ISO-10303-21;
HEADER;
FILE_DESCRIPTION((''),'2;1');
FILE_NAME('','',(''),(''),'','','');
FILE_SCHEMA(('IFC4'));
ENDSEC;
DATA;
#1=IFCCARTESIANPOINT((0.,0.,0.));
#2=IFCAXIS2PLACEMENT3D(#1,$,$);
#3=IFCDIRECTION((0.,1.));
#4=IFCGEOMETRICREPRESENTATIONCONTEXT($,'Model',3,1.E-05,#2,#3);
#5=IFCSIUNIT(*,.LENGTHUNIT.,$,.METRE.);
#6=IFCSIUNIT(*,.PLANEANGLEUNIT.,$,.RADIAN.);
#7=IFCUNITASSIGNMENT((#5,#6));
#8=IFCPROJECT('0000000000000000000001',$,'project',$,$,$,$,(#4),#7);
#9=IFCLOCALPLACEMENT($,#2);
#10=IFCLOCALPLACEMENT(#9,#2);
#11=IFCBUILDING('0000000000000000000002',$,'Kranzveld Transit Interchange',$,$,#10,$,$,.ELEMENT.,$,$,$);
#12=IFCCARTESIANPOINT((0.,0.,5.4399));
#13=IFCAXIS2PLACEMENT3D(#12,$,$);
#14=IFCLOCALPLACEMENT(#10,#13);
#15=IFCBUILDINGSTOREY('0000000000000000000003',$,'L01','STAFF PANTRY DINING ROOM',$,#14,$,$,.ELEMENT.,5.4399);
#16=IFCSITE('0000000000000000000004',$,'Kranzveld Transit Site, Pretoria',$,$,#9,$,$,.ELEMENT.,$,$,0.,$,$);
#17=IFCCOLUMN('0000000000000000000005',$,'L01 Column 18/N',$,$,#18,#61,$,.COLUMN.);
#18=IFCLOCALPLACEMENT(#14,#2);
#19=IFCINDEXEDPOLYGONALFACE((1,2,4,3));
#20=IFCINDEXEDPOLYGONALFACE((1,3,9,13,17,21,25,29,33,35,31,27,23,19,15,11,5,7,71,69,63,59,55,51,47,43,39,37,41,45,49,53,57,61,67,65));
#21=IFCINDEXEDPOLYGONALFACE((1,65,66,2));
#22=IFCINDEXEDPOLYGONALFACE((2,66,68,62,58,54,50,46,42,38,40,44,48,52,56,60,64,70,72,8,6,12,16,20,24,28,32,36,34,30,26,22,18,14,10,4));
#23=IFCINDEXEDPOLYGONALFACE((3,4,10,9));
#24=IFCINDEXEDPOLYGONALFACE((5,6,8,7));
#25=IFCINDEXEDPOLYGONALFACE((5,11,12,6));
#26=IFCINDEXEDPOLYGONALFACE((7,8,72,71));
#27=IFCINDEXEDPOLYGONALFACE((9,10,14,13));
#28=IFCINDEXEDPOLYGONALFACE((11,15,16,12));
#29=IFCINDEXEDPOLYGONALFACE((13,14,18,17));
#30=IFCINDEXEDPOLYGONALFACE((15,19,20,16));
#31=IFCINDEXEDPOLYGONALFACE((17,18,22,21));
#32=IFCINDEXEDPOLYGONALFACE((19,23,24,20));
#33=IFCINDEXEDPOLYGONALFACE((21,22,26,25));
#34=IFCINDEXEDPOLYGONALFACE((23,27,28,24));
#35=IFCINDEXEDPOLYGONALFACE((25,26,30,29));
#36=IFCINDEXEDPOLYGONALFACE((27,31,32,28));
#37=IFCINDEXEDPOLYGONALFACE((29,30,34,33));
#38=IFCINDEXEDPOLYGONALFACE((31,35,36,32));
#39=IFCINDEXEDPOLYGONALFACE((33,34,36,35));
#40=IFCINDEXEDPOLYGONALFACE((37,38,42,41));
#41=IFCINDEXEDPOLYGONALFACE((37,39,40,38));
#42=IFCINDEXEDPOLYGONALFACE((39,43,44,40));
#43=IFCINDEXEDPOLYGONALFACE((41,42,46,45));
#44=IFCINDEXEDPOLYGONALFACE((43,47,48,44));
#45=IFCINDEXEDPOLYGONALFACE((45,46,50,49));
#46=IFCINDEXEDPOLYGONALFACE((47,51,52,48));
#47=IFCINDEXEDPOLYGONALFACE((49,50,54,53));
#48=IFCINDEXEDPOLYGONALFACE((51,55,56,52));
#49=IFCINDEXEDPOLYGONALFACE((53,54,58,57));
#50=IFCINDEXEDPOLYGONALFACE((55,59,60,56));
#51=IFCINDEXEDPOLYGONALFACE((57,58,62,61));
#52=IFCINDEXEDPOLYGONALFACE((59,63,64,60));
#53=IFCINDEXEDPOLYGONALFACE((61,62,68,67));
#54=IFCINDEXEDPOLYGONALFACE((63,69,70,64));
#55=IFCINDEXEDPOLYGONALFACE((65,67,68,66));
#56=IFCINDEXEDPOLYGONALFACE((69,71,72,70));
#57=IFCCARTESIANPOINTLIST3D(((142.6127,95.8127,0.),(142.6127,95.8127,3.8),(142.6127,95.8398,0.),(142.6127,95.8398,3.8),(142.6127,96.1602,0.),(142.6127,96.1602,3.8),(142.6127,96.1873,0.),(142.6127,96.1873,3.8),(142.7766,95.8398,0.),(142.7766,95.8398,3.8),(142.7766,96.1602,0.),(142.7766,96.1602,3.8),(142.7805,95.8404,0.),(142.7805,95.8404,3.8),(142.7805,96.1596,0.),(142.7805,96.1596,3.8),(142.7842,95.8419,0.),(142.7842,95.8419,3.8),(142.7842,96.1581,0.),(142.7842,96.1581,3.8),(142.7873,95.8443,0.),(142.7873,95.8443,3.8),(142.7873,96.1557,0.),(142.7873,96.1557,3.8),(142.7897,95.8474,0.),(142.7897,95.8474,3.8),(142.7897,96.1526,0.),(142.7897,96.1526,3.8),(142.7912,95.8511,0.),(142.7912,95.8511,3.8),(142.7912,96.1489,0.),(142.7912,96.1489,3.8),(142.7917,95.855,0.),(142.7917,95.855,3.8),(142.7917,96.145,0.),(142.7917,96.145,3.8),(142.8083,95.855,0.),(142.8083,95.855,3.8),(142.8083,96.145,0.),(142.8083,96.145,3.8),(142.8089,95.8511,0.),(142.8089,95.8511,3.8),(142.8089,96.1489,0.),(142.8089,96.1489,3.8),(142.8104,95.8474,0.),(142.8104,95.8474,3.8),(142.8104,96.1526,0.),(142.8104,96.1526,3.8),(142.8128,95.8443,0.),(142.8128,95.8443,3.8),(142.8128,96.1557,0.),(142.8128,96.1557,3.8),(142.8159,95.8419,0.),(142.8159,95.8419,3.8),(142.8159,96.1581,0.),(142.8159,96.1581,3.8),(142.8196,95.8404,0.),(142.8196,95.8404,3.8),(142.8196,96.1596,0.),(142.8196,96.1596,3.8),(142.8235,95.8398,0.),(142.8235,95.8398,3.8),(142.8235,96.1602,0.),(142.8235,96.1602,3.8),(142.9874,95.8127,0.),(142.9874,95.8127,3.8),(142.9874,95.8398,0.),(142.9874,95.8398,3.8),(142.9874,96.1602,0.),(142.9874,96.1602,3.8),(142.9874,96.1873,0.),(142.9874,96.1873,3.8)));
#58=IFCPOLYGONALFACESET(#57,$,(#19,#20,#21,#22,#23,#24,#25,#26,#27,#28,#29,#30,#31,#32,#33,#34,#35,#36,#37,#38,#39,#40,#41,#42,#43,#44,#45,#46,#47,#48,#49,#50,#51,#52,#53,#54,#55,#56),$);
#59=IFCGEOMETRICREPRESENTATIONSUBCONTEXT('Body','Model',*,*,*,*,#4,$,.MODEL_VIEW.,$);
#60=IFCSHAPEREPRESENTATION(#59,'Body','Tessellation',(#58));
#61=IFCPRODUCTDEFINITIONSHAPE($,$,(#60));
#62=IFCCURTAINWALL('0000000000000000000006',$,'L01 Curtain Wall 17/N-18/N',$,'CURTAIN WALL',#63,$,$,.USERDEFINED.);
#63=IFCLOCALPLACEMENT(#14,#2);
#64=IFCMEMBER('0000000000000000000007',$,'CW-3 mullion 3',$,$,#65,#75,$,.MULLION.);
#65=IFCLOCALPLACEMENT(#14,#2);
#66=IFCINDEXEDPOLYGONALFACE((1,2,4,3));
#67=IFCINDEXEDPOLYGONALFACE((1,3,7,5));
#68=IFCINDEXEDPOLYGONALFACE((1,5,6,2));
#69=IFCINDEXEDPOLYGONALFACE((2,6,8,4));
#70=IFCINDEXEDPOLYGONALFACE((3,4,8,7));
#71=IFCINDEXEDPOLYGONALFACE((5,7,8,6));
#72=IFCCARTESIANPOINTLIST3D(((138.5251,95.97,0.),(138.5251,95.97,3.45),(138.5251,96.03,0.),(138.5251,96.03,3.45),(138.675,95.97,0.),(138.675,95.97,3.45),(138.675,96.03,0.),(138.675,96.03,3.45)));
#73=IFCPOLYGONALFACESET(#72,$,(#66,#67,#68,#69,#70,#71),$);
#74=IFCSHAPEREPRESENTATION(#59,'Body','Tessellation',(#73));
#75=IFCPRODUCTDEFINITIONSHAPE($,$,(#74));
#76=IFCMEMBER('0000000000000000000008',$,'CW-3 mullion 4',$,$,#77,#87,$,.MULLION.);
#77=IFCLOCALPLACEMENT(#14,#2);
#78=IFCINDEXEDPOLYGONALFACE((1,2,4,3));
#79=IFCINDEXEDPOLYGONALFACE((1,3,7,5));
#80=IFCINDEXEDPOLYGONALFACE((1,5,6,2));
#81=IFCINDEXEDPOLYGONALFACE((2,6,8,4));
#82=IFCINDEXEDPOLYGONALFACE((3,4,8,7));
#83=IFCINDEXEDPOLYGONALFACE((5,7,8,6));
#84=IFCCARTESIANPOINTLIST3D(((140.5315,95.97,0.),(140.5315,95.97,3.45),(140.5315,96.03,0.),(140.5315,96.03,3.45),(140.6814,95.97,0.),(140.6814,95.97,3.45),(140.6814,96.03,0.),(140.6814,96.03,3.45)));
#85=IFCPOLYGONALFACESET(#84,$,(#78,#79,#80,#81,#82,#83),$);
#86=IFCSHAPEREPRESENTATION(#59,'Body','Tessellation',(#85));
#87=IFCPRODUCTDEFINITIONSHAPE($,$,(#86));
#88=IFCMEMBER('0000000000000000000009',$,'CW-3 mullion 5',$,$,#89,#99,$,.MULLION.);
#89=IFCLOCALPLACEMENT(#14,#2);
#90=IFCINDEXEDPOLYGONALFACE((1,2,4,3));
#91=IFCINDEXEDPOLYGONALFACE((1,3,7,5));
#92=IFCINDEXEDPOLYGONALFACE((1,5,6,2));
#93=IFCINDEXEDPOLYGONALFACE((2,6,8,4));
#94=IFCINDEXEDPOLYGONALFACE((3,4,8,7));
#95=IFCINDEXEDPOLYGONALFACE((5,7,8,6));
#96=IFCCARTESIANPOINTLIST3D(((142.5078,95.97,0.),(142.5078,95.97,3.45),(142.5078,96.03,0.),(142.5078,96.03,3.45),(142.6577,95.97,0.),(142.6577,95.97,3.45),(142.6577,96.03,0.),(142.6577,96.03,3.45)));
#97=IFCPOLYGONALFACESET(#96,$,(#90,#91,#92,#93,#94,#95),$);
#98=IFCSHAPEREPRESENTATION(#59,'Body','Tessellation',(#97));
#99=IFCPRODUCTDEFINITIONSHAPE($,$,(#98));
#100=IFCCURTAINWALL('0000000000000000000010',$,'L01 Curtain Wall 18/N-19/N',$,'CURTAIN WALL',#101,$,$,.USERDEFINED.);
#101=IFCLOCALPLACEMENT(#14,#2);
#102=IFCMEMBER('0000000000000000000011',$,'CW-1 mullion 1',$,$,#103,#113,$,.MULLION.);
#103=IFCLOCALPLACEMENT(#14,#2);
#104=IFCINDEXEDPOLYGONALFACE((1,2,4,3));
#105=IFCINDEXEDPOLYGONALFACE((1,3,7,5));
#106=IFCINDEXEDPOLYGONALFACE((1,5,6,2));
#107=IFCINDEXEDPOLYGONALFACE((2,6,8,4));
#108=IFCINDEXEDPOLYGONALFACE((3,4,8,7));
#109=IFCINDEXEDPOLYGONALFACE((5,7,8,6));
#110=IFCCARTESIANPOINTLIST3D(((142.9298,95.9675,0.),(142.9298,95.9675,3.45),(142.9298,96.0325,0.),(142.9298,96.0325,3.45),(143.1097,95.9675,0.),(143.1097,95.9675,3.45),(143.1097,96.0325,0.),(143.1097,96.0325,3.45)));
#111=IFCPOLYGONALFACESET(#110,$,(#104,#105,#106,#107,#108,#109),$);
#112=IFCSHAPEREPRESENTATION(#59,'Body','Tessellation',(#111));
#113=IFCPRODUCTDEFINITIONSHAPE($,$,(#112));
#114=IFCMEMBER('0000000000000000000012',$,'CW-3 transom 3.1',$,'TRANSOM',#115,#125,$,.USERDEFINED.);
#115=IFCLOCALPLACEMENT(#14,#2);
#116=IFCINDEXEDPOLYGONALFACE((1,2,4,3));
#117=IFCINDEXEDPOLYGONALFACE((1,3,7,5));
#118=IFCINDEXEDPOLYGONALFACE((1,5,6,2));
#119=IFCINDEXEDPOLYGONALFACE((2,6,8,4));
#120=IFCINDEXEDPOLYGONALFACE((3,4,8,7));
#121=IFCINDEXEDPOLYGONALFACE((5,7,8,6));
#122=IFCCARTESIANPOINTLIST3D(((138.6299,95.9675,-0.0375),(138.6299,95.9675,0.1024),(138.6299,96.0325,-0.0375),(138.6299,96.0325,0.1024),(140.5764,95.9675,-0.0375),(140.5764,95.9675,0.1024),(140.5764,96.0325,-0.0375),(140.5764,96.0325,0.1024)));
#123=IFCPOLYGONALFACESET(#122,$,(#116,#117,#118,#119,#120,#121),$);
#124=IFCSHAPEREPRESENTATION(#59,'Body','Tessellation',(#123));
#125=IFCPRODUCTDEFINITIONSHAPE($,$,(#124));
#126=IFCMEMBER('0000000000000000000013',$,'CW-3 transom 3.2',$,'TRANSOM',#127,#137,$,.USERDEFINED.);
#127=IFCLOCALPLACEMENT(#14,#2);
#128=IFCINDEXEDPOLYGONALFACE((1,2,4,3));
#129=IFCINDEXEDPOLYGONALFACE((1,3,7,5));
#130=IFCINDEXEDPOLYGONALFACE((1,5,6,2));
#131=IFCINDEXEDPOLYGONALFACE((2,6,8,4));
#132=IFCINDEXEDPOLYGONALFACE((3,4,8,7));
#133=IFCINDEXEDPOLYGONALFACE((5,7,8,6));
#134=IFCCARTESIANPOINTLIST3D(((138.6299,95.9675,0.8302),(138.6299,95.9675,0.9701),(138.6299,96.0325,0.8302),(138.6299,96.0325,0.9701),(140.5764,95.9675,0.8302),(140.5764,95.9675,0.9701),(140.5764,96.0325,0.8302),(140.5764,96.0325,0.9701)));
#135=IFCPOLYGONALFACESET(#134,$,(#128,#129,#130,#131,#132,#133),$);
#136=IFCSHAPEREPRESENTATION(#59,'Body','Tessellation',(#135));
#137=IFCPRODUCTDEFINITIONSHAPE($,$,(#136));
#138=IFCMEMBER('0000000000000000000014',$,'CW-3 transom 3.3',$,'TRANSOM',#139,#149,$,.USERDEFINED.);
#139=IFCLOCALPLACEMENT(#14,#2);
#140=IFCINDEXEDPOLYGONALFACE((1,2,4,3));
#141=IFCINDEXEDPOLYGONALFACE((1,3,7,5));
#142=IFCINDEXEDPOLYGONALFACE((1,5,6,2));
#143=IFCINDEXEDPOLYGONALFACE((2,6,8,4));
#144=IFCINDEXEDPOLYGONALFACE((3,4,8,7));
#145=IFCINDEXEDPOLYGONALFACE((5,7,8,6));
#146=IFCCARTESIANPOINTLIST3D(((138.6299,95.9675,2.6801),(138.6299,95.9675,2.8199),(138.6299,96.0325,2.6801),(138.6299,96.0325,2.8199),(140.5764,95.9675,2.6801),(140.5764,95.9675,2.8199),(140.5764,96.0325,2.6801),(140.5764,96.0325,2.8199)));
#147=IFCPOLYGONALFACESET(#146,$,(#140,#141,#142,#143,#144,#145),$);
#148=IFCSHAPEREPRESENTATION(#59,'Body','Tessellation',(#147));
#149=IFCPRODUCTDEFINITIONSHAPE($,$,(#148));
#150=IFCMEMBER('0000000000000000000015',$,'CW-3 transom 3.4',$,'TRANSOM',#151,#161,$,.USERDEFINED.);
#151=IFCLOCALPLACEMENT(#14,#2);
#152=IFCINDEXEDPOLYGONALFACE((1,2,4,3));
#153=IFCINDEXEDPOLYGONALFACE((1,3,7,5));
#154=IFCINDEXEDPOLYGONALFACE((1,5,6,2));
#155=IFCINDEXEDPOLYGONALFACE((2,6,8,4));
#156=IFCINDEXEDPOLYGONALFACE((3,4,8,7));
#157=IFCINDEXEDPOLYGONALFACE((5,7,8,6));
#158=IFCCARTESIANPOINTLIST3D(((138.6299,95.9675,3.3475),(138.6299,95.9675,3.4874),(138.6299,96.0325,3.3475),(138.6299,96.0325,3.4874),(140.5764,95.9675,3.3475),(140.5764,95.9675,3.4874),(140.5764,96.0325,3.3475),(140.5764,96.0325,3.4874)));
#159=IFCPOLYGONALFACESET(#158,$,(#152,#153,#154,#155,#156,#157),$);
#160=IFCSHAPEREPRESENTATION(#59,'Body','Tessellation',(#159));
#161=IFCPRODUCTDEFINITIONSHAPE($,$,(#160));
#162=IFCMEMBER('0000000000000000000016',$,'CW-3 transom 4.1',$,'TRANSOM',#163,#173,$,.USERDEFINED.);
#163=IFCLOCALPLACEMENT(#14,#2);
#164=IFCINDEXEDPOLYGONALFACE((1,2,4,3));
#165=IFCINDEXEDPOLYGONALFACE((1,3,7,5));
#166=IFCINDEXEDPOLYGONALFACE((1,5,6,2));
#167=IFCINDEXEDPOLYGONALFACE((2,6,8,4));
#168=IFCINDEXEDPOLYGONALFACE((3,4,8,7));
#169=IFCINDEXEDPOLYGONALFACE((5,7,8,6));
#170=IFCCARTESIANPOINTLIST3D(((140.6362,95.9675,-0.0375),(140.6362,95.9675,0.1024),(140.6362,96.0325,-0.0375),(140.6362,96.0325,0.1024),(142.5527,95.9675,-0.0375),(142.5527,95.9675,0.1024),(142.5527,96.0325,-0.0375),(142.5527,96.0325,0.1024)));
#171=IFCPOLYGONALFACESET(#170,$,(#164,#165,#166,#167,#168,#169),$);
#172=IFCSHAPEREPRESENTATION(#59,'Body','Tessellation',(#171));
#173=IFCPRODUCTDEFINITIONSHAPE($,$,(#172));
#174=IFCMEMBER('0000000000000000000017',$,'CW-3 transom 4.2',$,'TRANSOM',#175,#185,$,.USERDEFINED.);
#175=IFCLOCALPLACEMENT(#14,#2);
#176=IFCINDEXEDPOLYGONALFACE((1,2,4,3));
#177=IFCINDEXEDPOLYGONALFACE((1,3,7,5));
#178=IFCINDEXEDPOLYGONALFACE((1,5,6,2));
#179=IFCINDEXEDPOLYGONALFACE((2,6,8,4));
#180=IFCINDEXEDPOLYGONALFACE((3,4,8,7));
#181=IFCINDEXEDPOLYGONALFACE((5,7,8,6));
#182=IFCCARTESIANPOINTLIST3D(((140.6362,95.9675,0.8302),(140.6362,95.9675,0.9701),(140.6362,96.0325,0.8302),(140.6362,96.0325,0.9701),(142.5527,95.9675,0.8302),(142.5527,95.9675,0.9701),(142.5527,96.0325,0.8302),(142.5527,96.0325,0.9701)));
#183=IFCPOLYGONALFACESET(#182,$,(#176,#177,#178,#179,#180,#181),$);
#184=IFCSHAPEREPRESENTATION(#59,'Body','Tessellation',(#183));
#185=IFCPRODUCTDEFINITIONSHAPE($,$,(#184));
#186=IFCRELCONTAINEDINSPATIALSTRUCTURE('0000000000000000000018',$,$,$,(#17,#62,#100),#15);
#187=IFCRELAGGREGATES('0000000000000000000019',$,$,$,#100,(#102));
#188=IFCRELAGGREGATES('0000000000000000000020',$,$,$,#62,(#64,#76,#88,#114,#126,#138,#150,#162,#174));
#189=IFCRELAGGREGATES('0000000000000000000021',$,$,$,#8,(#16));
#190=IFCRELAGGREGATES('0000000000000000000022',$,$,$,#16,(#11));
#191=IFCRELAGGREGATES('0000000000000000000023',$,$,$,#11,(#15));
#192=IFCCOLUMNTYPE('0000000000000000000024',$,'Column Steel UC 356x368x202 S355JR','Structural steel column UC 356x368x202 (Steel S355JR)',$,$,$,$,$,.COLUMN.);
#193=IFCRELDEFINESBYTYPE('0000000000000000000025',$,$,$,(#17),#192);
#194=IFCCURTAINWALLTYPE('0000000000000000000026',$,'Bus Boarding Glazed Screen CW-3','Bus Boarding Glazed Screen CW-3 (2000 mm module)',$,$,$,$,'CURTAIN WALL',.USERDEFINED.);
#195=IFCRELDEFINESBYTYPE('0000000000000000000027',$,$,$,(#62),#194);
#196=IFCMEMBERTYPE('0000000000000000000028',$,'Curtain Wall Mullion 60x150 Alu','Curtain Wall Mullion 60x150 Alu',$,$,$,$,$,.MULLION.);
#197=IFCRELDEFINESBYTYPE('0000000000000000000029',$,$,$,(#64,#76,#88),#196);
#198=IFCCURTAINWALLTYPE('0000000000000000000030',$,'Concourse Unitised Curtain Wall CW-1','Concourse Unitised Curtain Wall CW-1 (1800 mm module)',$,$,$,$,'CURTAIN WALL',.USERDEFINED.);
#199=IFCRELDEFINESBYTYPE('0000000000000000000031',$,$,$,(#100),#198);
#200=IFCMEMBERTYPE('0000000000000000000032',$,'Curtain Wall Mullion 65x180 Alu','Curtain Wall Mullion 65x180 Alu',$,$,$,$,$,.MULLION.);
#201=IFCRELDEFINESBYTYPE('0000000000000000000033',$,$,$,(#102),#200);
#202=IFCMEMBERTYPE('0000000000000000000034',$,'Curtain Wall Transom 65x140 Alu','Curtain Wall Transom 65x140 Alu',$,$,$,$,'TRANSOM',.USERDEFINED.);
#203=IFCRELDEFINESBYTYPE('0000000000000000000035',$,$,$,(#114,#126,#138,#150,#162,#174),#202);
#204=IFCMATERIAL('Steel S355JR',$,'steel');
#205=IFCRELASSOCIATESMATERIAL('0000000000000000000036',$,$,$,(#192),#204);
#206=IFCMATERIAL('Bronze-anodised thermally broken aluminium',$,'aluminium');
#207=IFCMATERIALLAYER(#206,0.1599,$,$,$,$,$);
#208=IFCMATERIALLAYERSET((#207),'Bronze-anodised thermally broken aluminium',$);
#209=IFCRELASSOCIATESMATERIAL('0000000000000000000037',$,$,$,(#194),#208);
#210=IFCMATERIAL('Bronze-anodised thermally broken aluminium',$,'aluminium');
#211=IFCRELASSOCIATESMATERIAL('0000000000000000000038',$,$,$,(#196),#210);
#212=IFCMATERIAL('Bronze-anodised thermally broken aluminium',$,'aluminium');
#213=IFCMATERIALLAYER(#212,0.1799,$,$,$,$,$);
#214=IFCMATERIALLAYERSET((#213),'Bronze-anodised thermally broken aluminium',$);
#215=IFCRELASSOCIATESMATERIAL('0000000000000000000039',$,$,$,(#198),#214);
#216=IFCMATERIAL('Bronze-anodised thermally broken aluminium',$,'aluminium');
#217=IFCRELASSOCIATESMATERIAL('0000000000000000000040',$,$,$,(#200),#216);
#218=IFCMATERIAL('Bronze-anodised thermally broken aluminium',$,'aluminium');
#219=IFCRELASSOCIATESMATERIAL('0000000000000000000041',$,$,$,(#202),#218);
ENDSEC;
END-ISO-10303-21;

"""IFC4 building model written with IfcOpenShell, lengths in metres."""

from ifc_helpers import new_model, si_unit, direction, frame, origin, origin_2d, place, context, subcontext, project, spatial, rectangle, i_section, extrude, material, layer, layer_set, material_profile, profile_set, type_object, element, aggregate, save


model = new_model("IFC4")

# Units and contexts
model_context = context("Model", 3, precision=1e-05, world=origin(), true_north=direction((0.0, 1.0)))
body_context = subcontext(model_context, "Body", "Model", "MODEL_VIEW")
ifc_project = project(units=[si_unit("LENGTHUNIT", "METRE"), si_unit("PLANEANGLEUNIT", "RADIAN")], contexts=[model_context])

# Site, building, storey
site_placement = place(None, origin())
site = spatial("IfcSite", under=ifc_project, at=site_placement, Name="Kranzveld Transit Site, Pretoria", CompositionType="ELEMENT", RefElevation=0.0)
building_placement = place(site_placement, origin())
building = spatial("IfcBuilding", under=site, at=building_placement, Name="Kranzveld Transit Interchange", CompositionType="ELEMENT")
storey_placement = place(building_placement, frame((0.0, 0.0, 5.4399)))
storey = spatial("IfcBuildingStorey", under=building, at=storey_placement, Name="L01", Description="STAFF PANTRY DINING ROOM", CompositionType="ELEMENT", Elevation=5.4399)

# Column
ifc_material_1 = material(Name="Steel S355JR", Category="steel")
ifc_material_profile_1 = material_profile(ifc_material_1, i_section(OverallWidth=0.3748, OverallDepth=0.3745, WebThickness=0.0166, FlangeThickness=0.0271, FilletRadius=0.0151, at=origin_2d()), Name="UC 356x368x202")
ifc_profile_set_1 = profile_set([ifc_material_profile_1], Name="Steel S355JR")
column_type = type_object("IfcColumnType", Name="Column Steel UC 356x368x202 S355JR", Description="Structural steel column UC 356x368x202 (Steel S355JR)", PredefinedType="COLUMN", material=ifc_profile_set_1)
column_placement = place(storey_placement, frame((142.8, 96.0, 0.0), z_axis=(0.0, 0.0, 1.0), x_axis=(1.0, 0.0, 0.0)))
element("IfcColumn", 1, at=column_placement, inside=storey, type_object=column_type, Name="L01 Column 18/N", PredefinedType="COLUMN", context=body_context, shape_type="SweptSolid", body=[
    extrude(i_section(OverallWidth=0.3748, OverallDepth=0.3745, WebThickness=0.0166, FlangeThickness=0.0271, FilletRadius=0.0151, at=origin_2d()), origin(), (0.0, 0.0, 1.0), 3.8),
])

# Curtain wall, members
ifc_material_2 = material(Name="Bronze-anodised thermally broken aluminium", Category="aluminium")
ifc_layer_1 = layer(ifc_material_2, 0.1599)
ifc_layer_set_1 = layer_set([ifc_layer_1], Name="Bronze-anodised thermally broken aluminium")
curtain_wall_type_1 = type_object("IfcCurtainWallType", Name="Bus Boarding Glazed Screen CW-3", Description="Bus Boarding Glazed Screen CW-3 (2000 mm module)", ElementType="CURTAIN WALL", PredefinedType="USERDEFINED", material=ifc_layer_set_1)
curtain_wall_1_placement = place(storey_placement, origin())
curtain_wall_1 = element("IfcCurtainWall", 2, at=curtain_wall_1_placement, inside=storey, type_object=curtain_wall_type_1, Name="L01 Curtain Wall 17/N-18/N", ObjectType="CURTAIN WALL", PredefinedType="USERDEFINED")
ifc_material_3 = material(Name="Bronze-anodised thermally broken aluminium", Category="aluminium")
ifc_material_profile_2 = material_profile(ifc_material_3, rectangle(XDim=0.0601, YDim=0.1499, at=origin_2d()), Name="ALU MULLION 60x150")
ifc_profile_set_2 = profile_set([ifc_material_profile_2], Name="Bronze-anodised thermally broken aluminium")
member_type_1 = type_object("IfcMemberType", Name="Curtain Wall Mullion 60x150 Alu", Description="Curtain Wall Mullion 60x150 Alu", PredefinedType="MULLION", material=ifc_profile_set_2)
member_1_placement = place(storey_placement, frame((138.6001, 96.0, 0.0), z_axis=(0.0, 0.0, 1.0), x_axis=(0.0, 1.0, 0.0)))
member_1 = element("IfcMember", 3, at=member_1_placement, type_object=member_type_1, Name="CW-3 mullion 3", PredefinedType="MULLION", context=body_context, shape_type="SweptSolid", body=[
    extrude(rectangle(XDim=0.0601, YDim=0.1499, at=origin_2d()), origin(), (0.0, 0.0, 1.0), 3.45),
])
member_2_placement = place(storey_placement, frame((140.6064, 96.0, 0.0), z_axis=(0.0, 0.0, 1.0), x_axis=(0.0, 1.0, 0.0)))
member_2 = element("IfcMember", 4, at=member_2_placement, type_object=member_type_1, Name="CW-3 mullion 4", PredefinedType="MULLION", context=body_context, shape_type="SweptSolid", body=[
    extrude(rectangle(XDim=0.0601, YDim=0.1499, at=origin_2d()), origin(), (0.0, 0.0, 1.0), 3.45),
])
member_3_placement = place(storey_placement, frame((142.5828, 96.0, 0.0), z_axis=(0.0, 0.0, 1.0), x_axis=(0.0, 1.0, 0.0)))
member_3 = element("IfcMember", 5, at=member_3_placement, type_object=member_type_1, Name="CW-3 mullion 5", PredefinedType="MULLION", context=body_context, shape_type="SweptSolid", body=[
    extrude(rectangle(XDim=0.0601, YDim=0.1499, at=origin_2d()), origin(), (0.0, 0.0, 1.0), 3.45),
])

# Curtain wall, member
ifc_material_4 = material(Name="Bronze-anodised thermally broken aluminium", Category="aluminium")
ifc_layer_2 = layer(ifc_material_4, 0.1799)
ifc_layer_set_2 = layer_set([ifc_layer_2], Name="Bronze-anodised thermally broken aluminium")
curtain_wall_type_2 = type_object("IfcCurtainWallType", Name="Concourse Unitised Curtain Wall CW-1", Description="Concourse Unitised Curtain Wall CW-1 (1800 mm module)", ElementType="CURTAIN WALL", PredefinedType="USERDEFINED", material=ifc_layer_set_2)
curtain_wall_2_placement = place(storey_placement, origin())
curtain_wall_2 = element("IfcCurtainWall", 6, at=curtain_wall_2_placement, inside=storey, type_object=curtain_wall_type_2, Name="L01 Curtain Wall 18/N-19/N", ObjectType="CURTAIN WALL", PredefinedType="USERDEFINED")
ifc_material_5 = material(Name="Bronze-anodised thermally broken aluminium", Category="aluminium")
ifc_material_profile_3 = material_profile(ifc_material_5, rectangle(XDim=0.0649, YDim=0.1799, at=origin_2d()), Name="ALU MULLION 65x180")
ifc_profile_set_3 = profile_set([ifc_material_profile_3], Name="Bronze-anodised thermally broken aluminium")
member_type_2 = type_object("IfcMemberType", Name="Curtain Wall Mullion 65x180 Alu", Description="Curtain Wall Mullion 65x180 Alu", PredefinedType="MULLION", material=ifc_profile_set_3)
member_4_placement = place(storey_placement, frame((143.0198, 96.0, 0.0), z_axis=(0.0, 0.0, 1.0), x_axis=(0.0, 1.0, 0.0)))
member_4 = element("IfcMember", 7, at=member_4_placement, type_object=member_type_2, Name="CW-1 mullion 1", PredefinedType="MULLION", context=body_context, shape_type="SweptSolid", body=[
    extrude(rectangle(XDim=0.0649, YDim=0.1799, at=origin_2d()), origin(), (0.0, 0.0, 1.0), 3.45),
])

# Members
ifc_material_6 = material(Name="Bronze-anodised thermally broken aluminium", Category="aluminium")
ifc_material_profile_4 = material_profile(ifc_material_6, rectangle(XDim=0.0649, YDim=0.1399, at=origin_2d()), Name="ALU TRANSOM 65x140")
ifc_profile_set_4 = profile_set([ifc_material_profile_4], Name="Bronze-anodised thermally broken aluminium")
member_type_3 = type_object("IfcMemberType", Name="Curtain Wall Transom 65x140 Alu", Description="Curtain Wall Transom 65x140 Alu", ElementType="TRANSOM", PredefinedType="USERDEFINED", material=ifc_profile_set_4)
member_5_placement = place(storey_placement, frame((138.6299, 96.0, 0.0325), z_axis=(1.0, 0.0, 0.0), x_axis=(0.0, 1.0, 0.0)))
member_5 = element("IfcMember", 8, at=member_5_placement, type_object=member_type_3, Name="CW-3 transom 3.1", ObjectType="TRANSOM", PredefinedType="USERDEFINED", context=body_context, shape_type="SweptSolid", body=[
    extrude(rectangle(XDim=0.0649, YDim=0.1399, at=origin_2d()), origin(), (0.0, 0.0, 1.0), 1.9465),
])
member_6_placement = place(storey_placement, frame((138.6299, 96.0, 0.9001), z_axis=(1.0, 0.0, 0.0), x_axis=(0.0, 1.0, 0.0)))
member_6 = element("IfcMember", 9, at=member_6_placement, type_object=member_type_3, Name="CW-3 transom 3.2", ObjectType="TRANSOM", PredefinedType="USERDEFINED", context=body_context, shape_type="SweptSolid", body=[
    extrude(rectangle(XDim=0.0649, YDim=0.1399, at=origin_2d()), origin(), (0.0, 0.0, 1.0), 1.9465),
])
member_7_placement = place(storey_placement, frame((138.6299, 96.0, 2.75), z_axis=(1.0, 0.0, 0.0), x_axis=(0.0, 1.0, 0.0)))
member_7 = element("IfcMember", 10, at=member_7_placement, type_object=member_type_3, Name="CW-3 transom 3.3", ObjectType="TRANSOM", PredefinedType="USERDEFINED", context=body_context, shape_type="SweptSolid", body=[
    extrude(rectangle(XDim=0.0649, YDim=0.1399, at=origin_2d()), origin(), (0.0, 0.0, 1.0), 1.9465),
])
member_8_placement = place(storey_placement, frame((138.6299, 96.0, 3.4175), z_axis=(1.0, 0.0, 0.0), x_axis=(0.0, 1.0, 0.0)))
member_8 = element("IfcMember", 11, at=member_8_placement, type_object=member_type_3, Name="CW-3 transom 3.4", ObjectType="TRANSOM", PredefinedType="USERDEFINED", context=body_context, shape_type="SweptSolid", body=[
    extrude(rectangle(XDim=0.0649, YDim=0.1399, at=origin_2d()), origin(), (0.0, 0.0, 1.0), 1.9465),
])
member_9_placement = place(storey_placement, frame((140.6362, 96.0, 0.0325), z_axis=(1.0, 0.0, 0.0), x_axis=(0.0, 1.0, 0.0)))
member_9 = element("IfcMember", 12, at=member_9_placement, type_object=member_type_3, Name="CW-3 transom 4.1", ObjectType="TRANSOM", PredefinedType="USERDEFINED", context=body_context, shape_type="SweptSolid", body=[
    extrude(rectangle(XDim=0.0649, YDim=0.1399, at=origin_2d()), origin(), (0.0, 0.0, 1.0), 1.9165),
])
member_10_placement = place(storey_placement, frame((140.6362, 96.0, 0.9001), z_axis=(1.0, 0.0, 0.0), x_axis=(0.0, 1.0, 0.0)))
member_10 = element("IfcMember", 13, at=member_10_placement, type_object=member_type_3, Name="CW-3 transom 4.2", ObjectType="TRANSOM", PredefinedType="USERDEFINED", context=body_context, shape_type="SweptSolid", body=[
    extrude(rectangle(XDim=0.0649, YDim=0.1399, at=origin_2d()), origin(), (0.0, 0.0, 1.0), 1.9165),
])
aggregate(curtain_wall_2, [member_4])

aggregate(curtain_wall_1, [member_1, member_2, member_3, member_5, member_6, member_7, member_8, member_9, member_10])

save(model, "model.ifc")
